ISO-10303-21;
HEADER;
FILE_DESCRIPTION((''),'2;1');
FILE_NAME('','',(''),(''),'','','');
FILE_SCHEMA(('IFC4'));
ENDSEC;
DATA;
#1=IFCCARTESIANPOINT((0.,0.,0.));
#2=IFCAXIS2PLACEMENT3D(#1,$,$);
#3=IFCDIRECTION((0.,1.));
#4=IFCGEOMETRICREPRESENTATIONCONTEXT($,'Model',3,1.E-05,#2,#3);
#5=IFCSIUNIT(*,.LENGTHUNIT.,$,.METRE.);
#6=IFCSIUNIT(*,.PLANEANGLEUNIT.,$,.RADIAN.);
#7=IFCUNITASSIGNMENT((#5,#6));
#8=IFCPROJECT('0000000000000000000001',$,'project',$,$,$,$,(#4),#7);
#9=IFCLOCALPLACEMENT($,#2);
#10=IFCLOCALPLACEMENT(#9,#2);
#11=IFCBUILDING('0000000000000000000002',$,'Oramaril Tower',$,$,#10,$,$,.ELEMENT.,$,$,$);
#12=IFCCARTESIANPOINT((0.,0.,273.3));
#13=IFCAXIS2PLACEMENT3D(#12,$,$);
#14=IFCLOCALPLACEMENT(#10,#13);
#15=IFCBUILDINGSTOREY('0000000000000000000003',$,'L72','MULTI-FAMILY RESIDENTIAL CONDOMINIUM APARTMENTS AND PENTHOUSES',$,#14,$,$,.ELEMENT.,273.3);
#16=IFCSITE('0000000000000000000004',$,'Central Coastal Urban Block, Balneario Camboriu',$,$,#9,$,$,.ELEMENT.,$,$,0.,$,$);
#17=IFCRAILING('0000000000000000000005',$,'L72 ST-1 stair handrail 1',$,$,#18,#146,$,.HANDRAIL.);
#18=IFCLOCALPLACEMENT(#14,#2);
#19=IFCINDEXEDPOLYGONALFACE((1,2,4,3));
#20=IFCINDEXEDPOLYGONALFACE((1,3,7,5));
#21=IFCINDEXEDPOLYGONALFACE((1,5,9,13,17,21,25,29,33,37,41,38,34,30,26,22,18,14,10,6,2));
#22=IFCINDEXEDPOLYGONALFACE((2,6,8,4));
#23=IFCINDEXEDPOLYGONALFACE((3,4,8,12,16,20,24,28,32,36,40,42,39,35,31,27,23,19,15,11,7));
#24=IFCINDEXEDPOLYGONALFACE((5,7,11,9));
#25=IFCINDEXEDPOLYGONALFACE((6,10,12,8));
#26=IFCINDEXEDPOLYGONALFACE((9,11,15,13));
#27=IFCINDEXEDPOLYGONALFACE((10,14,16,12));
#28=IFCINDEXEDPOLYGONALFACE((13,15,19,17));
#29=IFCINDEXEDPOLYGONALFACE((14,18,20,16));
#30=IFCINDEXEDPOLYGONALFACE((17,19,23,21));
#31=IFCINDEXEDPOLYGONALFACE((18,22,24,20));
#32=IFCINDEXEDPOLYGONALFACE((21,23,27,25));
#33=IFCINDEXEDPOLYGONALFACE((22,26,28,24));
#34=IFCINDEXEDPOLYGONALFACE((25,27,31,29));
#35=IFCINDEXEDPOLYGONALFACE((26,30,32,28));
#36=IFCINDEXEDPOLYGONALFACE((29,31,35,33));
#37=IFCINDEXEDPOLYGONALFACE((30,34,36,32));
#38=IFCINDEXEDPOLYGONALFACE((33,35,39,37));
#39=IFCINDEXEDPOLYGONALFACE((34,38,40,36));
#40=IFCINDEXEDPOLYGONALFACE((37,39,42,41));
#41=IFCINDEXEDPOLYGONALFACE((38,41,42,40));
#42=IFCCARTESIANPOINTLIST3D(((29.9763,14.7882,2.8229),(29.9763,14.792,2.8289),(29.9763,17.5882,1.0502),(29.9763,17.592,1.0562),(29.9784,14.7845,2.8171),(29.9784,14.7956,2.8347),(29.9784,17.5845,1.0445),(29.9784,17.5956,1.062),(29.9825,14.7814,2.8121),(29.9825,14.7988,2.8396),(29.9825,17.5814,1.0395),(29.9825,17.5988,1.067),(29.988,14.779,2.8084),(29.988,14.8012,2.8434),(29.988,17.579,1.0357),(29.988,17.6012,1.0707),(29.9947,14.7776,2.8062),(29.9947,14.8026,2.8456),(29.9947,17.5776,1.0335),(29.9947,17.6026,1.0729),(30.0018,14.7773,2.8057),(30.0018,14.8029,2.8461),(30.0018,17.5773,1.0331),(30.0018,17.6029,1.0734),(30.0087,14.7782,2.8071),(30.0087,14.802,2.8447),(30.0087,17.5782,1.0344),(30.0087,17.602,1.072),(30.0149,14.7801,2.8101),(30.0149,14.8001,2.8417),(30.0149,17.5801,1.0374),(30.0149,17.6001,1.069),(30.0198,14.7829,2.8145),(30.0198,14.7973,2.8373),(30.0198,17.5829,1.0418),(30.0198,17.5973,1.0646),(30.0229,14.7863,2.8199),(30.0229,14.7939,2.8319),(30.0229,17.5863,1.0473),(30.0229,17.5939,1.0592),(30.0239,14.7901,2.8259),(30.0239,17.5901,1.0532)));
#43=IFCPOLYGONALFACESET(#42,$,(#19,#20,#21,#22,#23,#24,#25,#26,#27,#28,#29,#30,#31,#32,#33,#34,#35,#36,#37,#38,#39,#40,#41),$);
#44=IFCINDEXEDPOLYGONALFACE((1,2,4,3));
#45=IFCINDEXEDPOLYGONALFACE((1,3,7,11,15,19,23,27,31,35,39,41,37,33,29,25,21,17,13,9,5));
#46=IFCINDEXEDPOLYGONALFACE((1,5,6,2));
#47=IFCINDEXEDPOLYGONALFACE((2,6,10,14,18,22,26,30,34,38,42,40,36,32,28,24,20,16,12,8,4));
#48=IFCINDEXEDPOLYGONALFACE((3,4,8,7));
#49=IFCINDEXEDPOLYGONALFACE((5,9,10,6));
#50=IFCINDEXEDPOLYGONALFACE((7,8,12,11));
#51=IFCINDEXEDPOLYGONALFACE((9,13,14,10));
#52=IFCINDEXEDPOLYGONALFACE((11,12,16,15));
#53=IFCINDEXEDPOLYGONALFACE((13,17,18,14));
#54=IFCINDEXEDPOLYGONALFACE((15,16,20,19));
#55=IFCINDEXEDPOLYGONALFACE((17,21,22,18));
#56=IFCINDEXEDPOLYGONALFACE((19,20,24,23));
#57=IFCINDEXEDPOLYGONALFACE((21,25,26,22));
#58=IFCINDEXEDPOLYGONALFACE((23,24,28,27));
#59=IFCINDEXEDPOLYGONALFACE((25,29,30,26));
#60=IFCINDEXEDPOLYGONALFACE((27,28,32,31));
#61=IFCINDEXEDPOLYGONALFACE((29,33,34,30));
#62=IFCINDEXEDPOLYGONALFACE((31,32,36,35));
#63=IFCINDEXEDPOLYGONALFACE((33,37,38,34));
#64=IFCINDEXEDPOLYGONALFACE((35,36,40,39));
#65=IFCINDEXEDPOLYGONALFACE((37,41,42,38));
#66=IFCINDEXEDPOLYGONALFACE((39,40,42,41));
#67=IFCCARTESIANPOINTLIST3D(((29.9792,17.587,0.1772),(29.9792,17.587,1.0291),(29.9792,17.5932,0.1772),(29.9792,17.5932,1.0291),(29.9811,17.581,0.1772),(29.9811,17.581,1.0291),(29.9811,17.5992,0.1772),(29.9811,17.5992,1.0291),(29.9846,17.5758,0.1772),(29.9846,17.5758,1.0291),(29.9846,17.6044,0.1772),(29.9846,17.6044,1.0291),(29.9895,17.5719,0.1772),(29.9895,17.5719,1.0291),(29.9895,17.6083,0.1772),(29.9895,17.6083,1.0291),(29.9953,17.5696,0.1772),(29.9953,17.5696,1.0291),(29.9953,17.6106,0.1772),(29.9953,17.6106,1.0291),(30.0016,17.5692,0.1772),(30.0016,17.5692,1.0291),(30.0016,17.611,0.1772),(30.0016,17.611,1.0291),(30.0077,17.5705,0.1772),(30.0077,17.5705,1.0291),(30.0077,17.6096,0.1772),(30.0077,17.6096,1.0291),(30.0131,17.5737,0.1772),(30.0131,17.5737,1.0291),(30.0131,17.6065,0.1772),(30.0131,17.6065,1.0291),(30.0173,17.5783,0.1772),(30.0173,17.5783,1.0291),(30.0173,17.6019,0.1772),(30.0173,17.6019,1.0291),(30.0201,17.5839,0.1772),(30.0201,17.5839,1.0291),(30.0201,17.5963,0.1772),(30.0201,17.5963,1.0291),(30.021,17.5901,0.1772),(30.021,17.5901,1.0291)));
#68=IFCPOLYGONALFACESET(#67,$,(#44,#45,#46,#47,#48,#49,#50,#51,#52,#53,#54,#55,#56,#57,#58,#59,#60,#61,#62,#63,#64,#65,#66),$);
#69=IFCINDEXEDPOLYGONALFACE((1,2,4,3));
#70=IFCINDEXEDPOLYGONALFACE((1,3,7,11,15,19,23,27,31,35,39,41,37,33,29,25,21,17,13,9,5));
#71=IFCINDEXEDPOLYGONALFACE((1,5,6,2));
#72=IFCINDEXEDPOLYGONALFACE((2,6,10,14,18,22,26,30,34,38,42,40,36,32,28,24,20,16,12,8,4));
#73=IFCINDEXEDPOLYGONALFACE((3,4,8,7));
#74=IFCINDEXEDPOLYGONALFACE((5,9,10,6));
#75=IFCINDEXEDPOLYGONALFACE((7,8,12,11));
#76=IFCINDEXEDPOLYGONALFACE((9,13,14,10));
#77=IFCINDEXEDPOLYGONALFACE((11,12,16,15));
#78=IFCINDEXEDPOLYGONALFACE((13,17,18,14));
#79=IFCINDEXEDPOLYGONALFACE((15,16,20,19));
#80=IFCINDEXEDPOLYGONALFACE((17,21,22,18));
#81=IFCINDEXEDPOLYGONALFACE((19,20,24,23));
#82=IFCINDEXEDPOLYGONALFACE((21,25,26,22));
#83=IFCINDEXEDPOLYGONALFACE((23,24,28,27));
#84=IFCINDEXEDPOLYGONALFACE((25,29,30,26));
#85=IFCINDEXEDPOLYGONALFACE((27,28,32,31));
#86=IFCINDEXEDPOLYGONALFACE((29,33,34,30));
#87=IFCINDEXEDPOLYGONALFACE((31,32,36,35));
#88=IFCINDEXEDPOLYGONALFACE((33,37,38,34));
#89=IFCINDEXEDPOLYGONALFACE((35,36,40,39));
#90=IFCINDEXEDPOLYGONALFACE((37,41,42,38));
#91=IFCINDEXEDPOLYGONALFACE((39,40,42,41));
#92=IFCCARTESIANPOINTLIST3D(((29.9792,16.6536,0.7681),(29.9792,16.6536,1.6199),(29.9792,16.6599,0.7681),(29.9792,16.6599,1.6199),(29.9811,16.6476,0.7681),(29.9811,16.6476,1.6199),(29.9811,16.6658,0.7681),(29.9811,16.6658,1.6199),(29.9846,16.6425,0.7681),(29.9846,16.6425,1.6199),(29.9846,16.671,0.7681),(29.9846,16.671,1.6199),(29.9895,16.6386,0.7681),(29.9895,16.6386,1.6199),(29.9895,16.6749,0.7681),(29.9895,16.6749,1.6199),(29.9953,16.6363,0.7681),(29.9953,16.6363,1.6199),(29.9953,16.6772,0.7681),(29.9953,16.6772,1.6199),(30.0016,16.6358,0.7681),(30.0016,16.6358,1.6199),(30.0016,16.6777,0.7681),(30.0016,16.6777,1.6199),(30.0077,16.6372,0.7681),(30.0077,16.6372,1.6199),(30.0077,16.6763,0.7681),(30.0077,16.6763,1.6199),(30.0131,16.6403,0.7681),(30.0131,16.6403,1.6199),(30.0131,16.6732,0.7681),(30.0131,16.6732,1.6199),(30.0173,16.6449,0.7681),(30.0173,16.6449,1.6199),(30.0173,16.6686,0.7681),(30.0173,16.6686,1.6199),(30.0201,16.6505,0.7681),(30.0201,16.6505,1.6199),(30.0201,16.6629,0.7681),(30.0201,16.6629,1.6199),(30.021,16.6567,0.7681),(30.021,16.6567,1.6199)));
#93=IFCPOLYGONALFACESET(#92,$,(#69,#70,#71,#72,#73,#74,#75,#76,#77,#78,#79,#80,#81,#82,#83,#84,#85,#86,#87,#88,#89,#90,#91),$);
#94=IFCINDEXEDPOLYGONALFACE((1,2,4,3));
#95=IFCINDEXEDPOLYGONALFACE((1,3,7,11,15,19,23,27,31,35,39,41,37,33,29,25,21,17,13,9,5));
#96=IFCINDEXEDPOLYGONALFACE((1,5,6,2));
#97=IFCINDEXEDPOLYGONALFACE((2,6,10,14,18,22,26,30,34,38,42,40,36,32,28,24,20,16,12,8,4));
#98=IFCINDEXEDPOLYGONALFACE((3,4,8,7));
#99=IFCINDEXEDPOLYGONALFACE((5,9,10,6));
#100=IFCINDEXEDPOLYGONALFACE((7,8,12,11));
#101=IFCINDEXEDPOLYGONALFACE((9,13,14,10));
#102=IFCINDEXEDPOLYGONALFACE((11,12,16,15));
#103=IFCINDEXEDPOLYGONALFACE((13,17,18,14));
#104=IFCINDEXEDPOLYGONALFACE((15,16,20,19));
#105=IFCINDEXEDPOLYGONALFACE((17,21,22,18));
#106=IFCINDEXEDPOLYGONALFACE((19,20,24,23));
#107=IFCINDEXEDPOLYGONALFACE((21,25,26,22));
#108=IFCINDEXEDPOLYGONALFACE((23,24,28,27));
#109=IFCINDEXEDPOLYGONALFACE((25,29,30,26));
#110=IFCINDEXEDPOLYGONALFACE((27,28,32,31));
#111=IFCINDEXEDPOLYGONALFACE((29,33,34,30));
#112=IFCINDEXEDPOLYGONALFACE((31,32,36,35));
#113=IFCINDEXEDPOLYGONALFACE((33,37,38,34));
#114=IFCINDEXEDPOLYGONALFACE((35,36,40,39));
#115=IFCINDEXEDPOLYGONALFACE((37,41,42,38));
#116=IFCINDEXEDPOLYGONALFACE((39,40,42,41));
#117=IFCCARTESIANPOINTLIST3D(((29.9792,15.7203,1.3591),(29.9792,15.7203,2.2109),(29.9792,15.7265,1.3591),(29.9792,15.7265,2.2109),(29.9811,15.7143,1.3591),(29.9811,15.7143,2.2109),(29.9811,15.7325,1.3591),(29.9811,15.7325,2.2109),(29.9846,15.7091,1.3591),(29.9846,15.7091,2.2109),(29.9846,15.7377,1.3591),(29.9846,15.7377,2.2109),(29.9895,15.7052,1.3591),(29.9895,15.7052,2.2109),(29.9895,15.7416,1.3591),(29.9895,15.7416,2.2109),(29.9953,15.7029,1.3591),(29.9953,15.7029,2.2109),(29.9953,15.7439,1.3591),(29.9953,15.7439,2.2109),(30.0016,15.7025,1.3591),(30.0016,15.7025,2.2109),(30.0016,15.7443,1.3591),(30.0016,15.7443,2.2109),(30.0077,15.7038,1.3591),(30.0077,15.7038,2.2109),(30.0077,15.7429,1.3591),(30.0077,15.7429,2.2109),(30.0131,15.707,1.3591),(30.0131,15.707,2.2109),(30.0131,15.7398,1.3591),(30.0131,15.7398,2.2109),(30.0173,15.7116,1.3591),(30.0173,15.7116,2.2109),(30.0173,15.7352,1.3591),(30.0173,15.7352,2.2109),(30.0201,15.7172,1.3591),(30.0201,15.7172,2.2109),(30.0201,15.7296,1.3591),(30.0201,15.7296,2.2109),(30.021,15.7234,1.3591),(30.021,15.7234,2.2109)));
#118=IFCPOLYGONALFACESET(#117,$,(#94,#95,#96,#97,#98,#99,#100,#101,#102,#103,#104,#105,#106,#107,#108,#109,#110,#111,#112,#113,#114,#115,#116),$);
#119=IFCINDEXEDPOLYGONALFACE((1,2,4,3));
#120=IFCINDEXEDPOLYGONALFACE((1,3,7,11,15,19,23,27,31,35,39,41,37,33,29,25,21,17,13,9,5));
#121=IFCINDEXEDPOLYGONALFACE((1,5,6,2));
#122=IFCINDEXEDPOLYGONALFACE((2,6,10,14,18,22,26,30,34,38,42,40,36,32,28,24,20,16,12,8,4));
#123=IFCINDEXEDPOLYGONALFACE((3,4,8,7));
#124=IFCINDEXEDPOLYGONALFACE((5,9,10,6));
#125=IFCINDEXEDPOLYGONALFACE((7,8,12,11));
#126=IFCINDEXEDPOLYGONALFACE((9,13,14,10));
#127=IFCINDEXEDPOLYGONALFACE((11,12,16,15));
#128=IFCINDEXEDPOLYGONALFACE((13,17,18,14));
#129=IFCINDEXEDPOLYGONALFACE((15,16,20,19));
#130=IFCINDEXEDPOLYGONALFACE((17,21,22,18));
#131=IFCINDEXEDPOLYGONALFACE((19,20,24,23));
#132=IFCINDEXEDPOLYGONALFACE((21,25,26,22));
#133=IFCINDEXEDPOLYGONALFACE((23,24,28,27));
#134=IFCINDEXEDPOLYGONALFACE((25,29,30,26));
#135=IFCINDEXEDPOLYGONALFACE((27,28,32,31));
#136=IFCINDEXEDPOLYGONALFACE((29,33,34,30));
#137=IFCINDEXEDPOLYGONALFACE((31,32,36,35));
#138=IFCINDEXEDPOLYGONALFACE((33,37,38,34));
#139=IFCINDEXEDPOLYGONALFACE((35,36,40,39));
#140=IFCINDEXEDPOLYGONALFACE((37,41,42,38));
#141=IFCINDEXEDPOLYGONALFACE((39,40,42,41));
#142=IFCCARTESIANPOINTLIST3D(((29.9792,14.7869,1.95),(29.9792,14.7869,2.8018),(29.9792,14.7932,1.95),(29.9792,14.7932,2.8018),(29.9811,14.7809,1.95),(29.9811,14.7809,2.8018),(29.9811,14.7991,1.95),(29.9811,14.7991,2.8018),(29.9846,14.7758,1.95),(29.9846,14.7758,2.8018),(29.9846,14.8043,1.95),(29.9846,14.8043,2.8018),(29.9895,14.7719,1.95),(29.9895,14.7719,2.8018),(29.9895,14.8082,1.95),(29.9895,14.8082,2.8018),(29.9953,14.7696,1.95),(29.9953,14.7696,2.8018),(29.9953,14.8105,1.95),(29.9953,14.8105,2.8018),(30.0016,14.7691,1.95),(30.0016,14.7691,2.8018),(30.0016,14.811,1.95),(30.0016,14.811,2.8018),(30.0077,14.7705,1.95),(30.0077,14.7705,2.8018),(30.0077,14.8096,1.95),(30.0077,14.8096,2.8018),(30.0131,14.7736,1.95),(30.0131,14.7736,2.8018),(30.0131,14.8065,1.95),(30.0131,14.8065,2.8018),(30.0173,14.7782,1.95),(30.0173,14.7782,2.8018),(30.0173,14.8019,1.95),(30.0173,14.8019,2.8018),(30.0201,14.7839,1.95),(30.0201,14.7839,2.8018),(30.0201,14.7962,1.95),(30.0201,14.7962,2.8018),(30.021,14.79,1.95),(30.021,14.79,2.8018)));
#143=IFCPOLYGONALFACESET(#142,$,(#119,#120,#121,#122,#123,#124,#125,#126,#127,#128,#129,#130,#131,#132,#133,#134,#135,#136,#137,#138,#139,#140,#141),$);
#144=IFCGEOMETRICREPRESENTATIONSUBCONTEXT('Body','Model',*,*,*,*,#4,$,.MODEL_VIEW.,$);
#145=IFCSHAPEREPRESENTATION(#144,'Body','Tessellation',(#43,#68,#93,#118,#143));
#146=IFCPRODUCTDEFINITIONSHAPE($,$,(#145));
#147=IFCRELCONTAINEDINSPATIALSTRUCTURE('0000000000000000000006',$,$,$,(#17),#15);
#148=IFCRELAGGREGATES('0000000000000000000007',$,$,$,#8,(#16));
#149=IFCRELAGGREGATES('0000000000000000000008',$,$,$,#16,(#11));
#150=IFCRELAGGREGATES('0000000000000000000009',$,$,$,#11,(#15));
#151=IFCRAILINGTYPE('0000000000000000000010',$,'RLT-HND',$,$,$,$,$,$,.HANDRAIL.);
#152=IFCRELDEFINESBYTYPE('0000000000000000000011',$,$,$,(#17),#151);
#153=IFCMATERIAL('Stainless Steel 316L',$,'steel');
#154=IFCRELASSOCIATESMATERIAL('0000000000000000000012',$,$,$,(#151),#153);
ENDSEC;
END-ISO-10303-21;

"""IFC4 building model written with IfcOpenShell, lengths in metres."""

from ifc_helpers import new_model, si_unit, direction, frame, origin, origin_2d, place, context, subcontext, project, spatial, circle, extrude, material, type_object, element, save


model = new_model("IFC4")

# Units and contexts
model_context = context("Model", 3, precision=1e-05, world=origin(), true_north=direction((0.0, 1.0)))
body_context = subcontext(model_context, "Body", "Model", "MODEL_VIEW")
ifc_project = project(units=[si_unit("LENGTHUNIT", "METRE"), si_unit("PLANEANGLEUNIT", "RADIAN")], contexts=[model_context])

# Site, building, storey
site_placement = place(None, origin())
site = spatial("IfcSite", under=ifc_project, at=site_placement, Name="Central Coastal Urban Block, Balneario Camboriu", CompositionType="ELEMENT", RefElevation=0.0)
building_placement = place(site_placement, origin())
building = spatial("IfcBuilding", under=site, at=building_placement, Name="Oramaril Tower", CompositionType="ELEMENT")
storey_placement = place(building_placement, frame((0.0, 0.0, 273.3)))
storey = spatial("IfcBuildingStorey", under=building, at=storey_placement, Name="L72", Description="MULTI-FAMILY RESIDENTIAL CONDOMINIUM APARTMENTS AND PENTHOUSES", CompositionType="ELEMENT", Elevation=273.3)

# Railing
ifc_material_1 = material(Name="Stainless Steel 316L", Category="steel")
railing_type_1 = type_object("IfcRailingType", Name="RLT-HND", PredefinedType="HANDRAIL", material=ifc_material_1)
railing_1_placement = place(storey_placement, frame((30.0, 17.5901, 0.1772)))
element("IfcRailing", 1, at=railing_1_placement, inside=storey, type_object=railing_type_1, Name="L72 ST-1 stair handrail 1", PredefinedType="HANDRAIL", context=body_context, shape_type="SweptSolid", body=[
    extrude(circle(Radius=0.0239, at=origin_2d()), frame((0.0, 0.0, 0.876), z_axis=(0.0, -0.844909, 0.53491), x_axis=(1.0, 0.0, 0.0)), (0.0, 0.0, 1.0), 3.314),
    extrude(circle(Radius=0.021, at=origin_2d()), origin(), (0.0, 0.0, 1.0), 0.8518),
    extrude(circle(Radius=0.021, at=origin_2d()), frame((0.0, -0.9333, 0.5908)), (0.0, 0.0, 1.0), 0.8518),
    extrude(circle(Radius=0.021, at=origin_2d()), frame((0.0, -1.8667, 1.1819)), (0.0, 0.0, 1.0), 0.8518),
    extrude(circle(Radius=0.021, at=origin_2d()), frame((0.0, -2.8, 1.7727)), (0.0, 0.0, 1.0), 0.8518),
])

save(model, "model.ifc")
